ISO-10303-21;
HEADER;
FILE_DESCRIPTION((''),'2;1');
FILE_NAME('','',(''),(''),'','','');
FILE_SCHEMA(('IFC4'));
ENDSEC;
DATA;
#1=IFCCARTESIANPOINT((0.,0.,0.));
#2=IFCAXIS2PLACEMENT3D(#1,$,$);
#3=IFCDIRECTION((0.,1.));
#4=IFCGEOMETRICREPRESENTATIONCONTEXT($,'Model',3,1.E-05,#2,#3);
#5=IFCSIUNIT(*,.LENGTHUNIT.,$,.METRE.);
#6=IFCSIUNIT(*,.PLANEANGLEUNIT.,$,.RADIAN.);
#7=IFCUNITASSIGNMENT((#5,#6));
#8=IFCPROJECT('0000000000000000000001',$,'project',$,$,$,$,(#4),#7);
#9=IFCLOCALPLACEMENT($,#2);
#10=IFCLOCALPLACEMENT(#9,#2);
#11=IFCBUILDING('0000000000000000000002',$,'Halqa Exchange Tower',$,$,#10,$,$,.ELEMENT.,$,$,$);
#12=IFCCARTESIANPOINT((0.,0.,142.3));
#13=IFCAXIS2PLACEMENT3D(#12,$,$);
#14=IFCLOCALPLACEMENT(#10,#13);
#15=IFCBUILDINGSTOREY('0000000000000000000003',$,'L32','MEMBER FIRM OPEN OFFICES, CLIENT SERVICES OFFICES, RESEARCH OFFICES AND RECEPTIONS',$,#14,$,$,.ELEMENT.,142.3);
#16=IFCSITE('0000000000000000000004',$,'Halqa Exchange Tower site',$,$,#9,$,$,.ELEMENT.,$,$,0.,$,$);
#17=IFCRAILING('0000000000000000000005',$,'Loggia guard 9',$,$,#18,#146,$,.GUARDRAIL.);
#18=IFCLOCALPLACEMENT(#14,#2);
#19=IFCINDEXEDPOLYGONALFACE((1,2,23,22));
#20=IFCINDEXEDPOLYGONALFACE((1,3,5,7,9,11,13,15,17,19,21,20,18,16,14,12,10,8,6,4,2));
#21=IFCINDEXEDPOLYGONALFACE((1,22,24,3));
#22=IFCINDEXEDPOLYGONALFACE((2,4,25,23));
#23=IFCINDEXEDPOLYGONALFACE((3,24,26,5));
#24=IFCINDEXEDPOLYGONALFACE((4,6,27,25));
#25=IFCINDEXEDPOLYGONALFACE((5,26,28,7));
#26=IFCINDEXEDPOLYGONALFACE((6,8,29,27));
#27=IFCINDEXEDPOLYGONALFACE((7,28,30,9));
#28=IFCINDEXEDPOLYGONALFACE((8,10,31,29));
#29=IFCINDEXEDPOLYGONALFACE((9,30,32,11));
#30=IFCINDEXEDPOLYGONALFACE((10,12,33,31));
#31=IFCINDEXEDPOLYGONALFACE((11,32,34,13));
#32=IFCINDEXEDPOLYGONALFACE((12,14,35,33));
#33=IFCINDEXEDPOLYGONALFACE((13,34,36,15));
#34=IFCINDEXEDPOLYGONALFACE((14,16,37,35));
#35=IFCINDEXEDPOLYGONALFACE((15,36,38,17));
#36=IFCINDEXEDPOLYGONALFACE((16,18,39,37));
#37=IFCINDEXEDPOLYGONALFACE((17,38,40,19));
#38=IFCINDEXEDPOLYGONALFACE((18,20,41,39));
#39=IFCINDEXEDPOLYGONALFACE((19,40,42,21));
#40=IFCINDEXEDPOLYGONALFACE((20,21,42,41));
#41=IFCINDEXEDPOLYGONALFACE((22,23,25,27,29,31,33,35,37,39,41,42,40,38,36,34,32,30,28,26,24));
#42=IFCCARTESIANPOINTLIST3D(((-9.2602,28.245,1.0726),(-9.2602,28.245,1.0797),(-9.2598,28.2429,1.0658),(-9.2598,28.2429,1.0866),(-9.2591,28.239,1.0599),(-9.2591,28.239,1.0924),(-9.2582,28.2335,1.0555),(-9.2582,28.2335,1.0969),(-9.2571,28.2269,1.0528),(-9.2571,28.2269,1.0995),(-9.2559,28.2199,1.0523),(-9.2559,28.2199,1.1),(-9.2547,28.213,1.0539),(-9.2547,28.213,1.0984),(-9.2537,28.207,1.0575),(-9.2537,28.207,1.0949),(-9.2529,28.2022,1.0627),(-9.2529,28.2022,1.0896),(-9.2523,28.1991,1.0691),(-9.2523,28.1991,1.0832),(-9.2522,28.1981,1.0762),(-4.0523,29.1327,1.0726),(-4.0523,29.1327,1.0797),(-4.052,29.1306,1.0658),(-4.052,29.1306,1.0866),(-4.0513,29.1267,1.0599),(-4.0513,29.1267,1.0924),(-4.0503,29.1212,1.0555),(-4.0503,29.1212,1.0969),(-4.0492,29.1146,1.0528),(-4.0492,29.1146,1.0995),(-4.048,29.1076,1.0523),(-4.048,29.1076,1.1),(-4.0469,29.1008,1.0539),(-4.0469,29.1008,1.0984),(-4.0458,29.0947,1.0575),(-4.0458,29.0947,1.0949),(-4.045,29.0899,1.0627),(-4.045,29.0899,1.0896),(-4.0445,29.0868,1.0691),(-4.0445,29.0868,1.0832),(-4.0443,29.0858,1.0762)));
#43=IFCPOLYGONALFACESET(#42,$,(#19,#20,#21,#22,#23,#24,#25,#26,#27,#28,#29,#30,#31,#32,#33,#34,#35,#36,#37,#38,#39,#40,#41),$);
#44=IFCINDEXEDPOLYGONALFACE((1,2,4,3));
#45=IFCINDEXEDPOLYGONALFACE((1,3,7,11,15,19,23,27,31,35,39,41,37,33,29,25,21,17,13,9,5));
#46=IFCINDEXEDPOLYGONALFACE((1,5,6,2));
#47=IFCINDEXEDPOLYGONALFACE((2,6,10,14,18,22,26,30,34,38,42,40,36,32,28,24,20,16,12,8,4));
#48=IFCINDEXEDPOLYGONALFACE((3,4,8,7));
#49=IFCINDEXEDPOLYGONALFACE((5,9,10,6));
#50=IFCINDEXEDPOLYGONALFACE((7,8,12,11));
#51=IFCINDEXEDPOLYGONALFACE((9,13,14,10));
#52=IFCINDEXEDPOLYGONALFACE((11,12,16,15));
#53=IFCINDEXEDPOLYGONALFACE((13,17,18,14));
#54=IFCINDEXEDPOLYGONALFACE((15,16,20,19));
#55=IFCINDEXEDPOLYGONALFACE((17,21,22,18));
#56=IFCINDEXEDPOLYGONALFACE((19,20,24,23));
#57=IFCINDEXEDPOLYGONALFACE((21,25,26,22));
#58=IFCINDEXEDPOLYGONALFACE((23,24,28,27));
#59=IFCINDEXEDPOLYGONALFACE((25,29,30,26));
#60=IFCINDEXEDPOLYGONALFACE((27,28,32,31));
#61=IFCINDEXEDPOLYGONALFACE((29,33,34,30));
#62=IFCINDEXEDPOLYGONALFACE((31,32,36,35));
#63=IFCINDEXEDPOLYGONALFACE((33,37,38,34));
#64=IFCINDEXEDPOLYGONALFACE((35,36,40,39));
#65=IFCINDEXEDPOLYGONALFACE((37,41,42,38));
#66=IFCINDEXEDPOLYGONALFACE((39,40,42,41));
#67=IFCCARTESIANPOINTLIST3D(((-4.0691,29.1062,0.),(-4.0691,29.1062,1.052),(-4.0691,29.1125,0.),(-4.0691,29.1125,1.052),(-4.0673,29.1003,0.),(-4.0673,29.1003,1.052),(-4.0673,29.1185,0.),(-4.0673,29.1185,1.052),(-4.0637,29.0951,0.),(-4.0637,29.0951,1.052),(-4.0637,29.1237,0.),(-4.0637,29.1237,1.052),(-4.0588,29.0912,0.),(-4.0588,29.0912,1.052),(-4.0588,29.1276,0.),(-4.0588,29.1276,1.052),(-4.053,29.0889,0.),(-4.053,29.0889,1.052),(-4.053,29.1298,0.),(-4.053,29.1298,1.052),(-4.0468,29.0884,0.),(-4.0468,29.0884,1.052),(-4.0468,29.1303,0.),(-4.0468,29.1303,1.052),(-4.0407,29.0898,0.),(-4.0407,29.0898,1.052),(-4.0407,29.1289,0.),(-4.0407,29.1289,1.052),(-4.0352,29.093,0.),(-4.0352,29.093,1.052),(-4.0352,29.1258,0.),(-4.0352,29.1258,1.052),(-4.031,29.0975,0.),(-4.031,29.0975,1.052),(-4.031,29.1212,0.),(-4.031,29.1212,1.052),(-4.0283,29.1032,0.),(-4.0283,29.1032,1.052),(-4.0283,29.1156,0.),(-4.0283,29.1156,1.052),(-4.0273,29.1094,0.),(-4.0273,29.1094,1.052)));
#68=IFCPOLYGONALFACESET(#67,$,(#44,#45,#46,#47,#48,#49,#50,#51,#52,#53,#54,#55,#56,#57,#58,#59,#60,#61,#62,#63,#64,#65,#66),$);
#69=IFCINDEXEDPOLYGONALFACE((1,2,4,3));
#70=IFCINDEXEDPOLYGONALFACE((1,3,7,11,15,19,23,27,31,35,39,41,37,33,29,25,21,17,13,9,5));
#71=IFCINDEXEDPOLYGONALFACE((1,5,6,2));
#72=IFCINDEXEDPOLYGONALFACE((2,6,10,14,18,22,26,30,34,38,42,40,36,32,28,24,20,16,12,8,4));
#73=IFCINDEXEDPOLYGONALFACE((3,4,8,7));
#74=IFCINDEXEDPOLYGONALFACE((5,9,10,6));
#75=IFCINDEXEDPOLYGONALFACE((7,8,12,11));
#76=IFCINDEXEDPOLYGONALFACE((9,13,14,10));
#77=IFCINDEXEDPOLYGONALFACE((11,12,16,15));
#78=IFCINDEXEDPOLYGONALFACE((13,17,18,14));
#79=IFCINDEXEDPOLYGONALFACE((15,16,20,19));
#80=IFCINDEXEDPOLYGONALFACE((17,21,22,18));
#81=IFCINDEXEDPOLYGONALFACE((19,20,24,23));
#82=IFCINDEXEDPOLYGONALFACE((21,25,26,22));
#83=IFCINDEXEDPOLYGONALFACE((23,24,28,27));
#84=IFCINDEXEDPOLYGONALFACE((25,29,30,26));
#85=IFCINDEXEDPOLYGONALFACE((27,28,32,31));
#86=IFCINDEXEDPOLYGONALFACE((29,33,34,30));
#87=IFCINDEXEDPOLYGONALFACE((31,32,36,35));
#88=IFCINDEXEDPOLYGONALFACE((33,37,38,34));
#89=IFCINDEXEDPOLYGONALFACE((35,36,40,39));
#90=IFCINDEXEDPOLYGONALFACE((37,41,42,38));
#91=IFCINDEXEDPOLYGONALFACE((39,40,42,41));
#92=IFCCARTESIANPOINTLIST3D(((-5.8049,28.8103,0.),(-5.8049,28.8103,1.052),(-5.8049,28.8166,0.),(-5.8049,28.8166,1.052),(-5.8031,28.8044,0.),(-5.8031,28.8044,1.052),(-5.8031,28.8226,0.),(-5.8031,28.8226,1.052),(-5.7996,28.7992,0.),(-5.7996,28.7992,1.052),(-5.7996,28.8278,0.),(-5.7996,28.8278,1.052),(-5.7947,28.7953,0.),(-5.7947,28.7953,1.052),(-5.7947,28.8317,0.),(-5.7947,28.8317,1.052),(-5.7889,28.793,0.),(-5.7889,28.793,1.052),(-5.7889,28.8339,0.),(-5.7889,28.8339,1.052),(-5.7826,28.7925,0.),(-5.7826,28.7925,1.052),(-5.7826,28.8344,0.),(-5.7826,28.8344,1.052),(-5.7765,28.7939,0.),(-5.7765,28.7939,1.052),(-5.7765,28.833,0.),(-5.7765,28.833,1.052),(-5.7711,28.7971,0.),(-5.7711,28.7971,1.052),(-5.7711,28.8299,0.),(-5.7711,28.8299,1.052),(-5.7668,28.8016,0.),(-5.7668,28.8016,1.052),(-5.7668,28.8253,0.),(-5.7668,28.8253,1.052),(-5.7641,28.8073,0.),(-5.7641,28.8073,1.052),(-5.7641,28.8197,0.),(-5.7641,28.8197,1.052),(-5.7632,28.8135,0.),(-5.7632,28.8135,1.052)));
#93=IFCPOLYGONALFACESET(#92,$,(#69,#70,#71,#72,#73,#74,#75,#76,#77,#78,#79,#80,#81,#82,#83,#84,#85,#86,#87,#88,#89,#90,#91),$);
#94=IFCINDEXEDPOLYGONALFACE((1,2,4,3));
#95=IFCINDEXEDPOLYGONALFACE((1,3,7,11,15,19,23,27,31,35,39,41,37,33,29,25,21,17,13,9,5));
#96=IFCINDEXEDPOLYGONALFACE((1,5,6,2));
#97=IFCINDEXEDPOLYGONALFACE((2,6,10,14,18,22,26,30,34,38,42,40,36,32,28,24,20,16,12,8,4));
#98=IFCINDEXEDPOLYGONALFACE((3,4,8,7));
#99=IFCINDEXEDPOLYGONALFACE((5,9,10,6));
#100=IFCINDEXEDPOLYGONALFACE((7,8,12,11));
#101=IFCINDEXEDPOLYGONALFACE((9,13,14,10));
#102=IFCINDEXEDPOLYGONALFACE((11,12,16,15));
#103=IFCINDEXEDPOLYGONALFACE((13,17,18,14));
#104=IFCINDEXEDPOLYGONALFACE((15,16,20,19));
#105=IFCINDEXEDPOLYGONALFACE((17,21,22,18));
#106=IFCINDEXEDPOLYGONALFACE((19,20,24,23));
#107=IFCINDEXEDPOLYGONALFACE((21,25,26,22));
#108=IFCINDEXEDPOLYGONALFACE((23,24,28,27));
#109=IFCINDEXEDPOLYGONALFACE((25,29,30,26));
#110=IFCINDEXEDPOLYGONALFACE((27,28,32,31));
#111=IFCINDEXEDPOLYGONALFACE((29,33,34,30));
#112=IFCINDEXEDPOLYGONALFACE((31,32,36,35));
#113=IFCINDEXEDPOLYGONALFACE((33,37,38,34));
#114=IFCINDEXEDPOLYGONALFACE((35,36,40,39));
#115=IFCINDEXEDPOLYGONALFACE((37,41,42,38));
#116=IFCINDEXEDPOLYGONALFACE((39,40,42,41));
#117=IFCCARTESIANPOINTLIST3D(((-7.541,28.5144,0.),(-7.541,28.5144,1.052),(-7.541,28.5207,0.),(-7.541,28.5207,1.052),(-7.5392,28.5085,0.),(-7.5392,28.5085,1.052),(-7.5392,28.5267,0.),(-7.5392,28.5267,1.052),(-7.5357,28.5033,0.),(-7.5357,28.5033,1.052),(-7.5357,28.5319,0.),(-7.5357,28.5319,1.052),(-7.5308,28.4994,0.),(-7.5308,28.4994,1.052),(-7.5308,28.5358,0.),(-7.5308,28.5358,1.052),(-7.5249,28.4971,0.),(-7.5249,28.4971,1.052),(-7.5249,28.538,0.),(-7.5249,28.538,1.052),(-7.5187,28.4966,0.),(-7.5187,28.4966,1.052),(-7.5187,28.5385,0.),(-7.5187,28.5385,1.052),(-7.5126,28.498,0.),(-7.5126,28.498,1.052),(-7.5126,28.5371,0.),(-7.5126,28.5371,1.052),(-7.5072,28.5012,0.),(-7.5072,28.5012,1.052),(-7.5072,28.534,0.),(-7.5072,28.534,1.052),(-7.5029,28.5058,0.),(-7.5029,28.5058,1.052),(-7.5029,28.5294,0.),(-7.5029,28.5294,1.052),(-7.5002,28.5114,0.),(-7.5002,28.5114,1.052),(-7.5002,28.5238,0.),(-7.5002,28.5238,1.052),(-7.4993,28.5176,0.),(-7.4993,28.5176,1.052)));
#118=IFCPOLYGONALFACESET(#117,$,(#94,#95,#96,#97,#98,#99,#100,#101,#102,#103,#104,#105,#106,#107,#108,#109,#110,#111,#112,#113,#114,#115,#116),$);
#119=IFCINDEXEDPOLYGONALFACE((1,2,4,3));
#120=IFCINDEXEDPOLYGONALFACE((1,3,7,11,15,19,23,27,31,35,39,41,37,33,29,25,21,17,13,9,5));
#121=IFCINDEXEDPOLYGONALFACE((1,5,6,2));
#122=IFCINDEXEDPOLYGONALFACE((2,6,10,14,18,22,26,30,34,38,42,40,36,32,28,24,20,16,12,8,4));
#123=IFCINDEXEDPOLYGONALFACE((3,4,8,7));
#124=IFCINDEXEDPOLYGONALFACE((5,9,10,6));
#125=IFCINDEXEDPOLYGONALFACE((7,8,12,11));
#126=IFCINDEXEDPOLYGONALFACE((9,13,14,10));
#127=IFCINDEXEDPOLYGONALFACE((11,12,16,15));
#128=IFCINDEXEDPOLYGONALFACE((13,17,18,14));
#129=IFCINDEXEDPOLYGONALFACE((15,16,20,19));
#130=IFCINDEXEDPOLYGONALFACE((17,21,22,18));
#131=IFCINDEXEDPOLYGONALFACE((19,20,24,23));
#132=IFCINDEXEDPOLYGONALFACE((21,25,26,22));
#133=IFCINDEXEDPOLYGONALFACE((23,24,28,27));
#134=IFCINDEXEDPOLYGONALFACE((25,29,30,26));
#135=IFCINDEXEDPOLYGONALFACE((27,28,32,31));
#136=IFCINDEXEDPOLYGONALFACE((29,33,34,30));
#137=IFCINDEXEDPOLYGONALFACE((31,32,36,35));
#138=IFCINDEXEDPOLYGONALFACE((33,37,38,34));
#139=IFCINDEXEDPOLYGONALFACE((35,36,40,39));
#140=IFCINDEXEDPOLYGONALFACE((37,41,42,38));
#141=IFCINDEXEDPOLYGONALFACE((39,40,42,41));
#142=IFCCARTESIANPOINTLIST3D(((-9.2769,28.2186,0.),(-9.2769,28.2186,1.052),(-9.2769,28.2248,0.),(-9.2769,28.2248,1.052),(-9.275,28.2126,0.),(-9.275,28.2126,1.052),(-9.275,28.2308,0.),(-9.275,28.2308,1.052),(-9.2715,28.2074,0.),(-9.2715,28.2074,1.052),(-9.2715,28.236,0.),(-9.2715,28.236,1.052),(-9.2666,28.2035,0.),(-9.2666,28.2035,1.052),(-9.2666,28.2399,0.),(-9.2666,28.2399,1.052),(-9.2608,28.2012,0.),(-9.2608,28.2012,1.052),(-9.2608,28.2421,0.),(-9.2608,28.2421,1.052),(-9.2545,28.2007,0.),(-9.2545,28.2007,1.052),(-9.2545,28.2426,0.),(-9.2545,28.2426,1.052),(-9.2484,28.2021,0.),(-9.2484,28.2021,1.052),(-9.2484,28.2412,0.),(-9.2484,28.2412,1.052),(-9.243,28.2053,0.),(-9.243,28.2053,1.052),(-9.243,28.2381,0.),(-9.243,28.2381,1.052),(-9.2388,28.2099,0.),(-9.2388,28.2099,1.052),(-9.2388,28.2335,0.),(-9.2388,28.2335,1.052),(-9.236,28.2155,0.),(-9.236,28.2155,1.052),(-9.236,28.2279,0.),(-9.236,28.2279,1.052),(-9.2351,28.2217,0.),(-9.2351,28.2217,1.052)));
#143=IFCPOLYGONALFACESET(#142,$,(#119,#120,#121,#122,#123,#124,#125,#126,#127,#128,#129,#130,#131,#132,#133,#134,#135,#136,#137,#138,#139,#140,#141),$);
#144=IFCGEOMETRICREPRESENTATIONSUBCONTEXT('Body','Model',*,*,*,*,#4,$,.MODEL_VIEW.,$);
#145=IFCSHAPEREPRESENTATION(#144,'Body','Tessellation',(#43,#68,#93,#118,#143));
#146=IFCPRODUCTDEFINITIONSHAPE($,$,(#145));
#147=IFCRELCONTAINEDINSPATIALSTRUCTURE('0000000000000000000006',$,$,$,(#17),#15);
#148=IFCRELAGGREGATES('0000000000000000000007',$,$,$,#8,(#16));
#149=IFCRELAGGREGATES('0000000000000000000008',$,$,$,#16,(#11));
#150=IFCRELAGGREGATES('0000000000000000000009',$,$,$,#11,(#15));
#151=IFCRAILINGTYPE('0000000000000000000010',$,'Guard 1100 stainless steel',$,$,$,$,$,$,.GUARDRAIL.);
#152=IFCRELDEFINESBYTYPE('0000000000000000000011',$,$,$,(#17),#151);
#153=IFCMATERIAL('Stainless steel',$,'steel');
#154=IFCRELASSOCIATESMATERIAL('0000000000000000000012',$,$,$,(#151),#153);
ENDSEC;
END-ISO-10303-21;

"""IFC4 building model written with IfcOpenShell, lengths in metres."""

from ifc_helpers import new_model, si_unit, direction, frame, origin, origin_2d, place, context, subcontext, project, spatial, circle, extrude, material, type_object, element, save


model = new_model("IFC4")

# Units and contexts
model_context = context("Model", 3, precision=1e-05, world=origin(), true_north=direction((0.0, 1.0)))
body_context = subcontext(model_context, "Body", "Model", "MODEL_VIEW")
ifc_project = project(units=[si_unit("LENGTHUNIT", "METRE"), si_unit("PLANEANGLEUNIT", "RADIAN")], contexts=[model_context])

# Site, building, storey
site_placement = place(None, origin())
site = spatial("IfcSite", under=ifc_project, at=site_placement, Name="Halqa Exchange Tower site", CompositionType="ELEMENT", RefElevation=0.0)
building_placement = place(site_placement, origin())
building = spatial("IfcBuilding", under=site, at=building_placement, Name="Halqa Exchange Tower", CompositionType="ELEMENT")
storey_placement = place(building_placement, frame((0.0, 0.0, 142.3)))
storey = spatial("IfcBuildingStorey", under=building, at=storey_placement, Name="L32", Description="MEMBER FIRM OPEN OFFICES, CLIENT SERVICES OFFICES, RESEARCH OFFICES AND RECEPTIONS", CompositionType="ELEMENT", Elevation=142.3)

# Railing
ifc_material_1 = material(Name="Stainless steel", Category="steel")
railing_type_1 = type_object("IfcRailingType", Name="Guard 1100 stainless steel", PredefinedType="GUARDRAIL", material=ifc_material_1)
railing_1_placement = place(storey_placement, frame((-4.0483, 29.1094, 0.0)))
element("IfcRailing", 1, at=railing_1_placement, inside=storey, type_object=railing_type_1, Name="Loggia guard 9", PredefinedType="GUARDRAIL", context=body_context, shape_type="SweptSolid", body=[
    extrude(circle(Radius=0.0239, at=origin_2d()), frame((0.0, 0.0, 1.0762), z_axis=(-0.985781, -0.168033, 0.0), x_axis=(0.168033, -0.985781, 0.0)), (0.0, 0.0, 1.0), 5.283),
    extrude(circle(Radius=0.021, at=origin_2d()), origin(), (0.0, 0.0, 1.0), 1.052),
    extrude(circle(Radius=0.021, at=origin_2d()), frame((-1.7358, -0.2959, 0.0)), (0.0, 0.0, 1.0), 1.052),
    extrude(circle(Radius=0.021, at=origin_2d()), frame((-3.4719, -0.5918, 0.0)), (0.0, 0.0, 1.0), 1.052),
    extrude(circle(Radius=0.021, at=origin_2d()), frame((-5.2078, -0.8877, 0.0)), (0.0, 0.0, 1.0), 1.052),
])

save(model, "model.ifc")
